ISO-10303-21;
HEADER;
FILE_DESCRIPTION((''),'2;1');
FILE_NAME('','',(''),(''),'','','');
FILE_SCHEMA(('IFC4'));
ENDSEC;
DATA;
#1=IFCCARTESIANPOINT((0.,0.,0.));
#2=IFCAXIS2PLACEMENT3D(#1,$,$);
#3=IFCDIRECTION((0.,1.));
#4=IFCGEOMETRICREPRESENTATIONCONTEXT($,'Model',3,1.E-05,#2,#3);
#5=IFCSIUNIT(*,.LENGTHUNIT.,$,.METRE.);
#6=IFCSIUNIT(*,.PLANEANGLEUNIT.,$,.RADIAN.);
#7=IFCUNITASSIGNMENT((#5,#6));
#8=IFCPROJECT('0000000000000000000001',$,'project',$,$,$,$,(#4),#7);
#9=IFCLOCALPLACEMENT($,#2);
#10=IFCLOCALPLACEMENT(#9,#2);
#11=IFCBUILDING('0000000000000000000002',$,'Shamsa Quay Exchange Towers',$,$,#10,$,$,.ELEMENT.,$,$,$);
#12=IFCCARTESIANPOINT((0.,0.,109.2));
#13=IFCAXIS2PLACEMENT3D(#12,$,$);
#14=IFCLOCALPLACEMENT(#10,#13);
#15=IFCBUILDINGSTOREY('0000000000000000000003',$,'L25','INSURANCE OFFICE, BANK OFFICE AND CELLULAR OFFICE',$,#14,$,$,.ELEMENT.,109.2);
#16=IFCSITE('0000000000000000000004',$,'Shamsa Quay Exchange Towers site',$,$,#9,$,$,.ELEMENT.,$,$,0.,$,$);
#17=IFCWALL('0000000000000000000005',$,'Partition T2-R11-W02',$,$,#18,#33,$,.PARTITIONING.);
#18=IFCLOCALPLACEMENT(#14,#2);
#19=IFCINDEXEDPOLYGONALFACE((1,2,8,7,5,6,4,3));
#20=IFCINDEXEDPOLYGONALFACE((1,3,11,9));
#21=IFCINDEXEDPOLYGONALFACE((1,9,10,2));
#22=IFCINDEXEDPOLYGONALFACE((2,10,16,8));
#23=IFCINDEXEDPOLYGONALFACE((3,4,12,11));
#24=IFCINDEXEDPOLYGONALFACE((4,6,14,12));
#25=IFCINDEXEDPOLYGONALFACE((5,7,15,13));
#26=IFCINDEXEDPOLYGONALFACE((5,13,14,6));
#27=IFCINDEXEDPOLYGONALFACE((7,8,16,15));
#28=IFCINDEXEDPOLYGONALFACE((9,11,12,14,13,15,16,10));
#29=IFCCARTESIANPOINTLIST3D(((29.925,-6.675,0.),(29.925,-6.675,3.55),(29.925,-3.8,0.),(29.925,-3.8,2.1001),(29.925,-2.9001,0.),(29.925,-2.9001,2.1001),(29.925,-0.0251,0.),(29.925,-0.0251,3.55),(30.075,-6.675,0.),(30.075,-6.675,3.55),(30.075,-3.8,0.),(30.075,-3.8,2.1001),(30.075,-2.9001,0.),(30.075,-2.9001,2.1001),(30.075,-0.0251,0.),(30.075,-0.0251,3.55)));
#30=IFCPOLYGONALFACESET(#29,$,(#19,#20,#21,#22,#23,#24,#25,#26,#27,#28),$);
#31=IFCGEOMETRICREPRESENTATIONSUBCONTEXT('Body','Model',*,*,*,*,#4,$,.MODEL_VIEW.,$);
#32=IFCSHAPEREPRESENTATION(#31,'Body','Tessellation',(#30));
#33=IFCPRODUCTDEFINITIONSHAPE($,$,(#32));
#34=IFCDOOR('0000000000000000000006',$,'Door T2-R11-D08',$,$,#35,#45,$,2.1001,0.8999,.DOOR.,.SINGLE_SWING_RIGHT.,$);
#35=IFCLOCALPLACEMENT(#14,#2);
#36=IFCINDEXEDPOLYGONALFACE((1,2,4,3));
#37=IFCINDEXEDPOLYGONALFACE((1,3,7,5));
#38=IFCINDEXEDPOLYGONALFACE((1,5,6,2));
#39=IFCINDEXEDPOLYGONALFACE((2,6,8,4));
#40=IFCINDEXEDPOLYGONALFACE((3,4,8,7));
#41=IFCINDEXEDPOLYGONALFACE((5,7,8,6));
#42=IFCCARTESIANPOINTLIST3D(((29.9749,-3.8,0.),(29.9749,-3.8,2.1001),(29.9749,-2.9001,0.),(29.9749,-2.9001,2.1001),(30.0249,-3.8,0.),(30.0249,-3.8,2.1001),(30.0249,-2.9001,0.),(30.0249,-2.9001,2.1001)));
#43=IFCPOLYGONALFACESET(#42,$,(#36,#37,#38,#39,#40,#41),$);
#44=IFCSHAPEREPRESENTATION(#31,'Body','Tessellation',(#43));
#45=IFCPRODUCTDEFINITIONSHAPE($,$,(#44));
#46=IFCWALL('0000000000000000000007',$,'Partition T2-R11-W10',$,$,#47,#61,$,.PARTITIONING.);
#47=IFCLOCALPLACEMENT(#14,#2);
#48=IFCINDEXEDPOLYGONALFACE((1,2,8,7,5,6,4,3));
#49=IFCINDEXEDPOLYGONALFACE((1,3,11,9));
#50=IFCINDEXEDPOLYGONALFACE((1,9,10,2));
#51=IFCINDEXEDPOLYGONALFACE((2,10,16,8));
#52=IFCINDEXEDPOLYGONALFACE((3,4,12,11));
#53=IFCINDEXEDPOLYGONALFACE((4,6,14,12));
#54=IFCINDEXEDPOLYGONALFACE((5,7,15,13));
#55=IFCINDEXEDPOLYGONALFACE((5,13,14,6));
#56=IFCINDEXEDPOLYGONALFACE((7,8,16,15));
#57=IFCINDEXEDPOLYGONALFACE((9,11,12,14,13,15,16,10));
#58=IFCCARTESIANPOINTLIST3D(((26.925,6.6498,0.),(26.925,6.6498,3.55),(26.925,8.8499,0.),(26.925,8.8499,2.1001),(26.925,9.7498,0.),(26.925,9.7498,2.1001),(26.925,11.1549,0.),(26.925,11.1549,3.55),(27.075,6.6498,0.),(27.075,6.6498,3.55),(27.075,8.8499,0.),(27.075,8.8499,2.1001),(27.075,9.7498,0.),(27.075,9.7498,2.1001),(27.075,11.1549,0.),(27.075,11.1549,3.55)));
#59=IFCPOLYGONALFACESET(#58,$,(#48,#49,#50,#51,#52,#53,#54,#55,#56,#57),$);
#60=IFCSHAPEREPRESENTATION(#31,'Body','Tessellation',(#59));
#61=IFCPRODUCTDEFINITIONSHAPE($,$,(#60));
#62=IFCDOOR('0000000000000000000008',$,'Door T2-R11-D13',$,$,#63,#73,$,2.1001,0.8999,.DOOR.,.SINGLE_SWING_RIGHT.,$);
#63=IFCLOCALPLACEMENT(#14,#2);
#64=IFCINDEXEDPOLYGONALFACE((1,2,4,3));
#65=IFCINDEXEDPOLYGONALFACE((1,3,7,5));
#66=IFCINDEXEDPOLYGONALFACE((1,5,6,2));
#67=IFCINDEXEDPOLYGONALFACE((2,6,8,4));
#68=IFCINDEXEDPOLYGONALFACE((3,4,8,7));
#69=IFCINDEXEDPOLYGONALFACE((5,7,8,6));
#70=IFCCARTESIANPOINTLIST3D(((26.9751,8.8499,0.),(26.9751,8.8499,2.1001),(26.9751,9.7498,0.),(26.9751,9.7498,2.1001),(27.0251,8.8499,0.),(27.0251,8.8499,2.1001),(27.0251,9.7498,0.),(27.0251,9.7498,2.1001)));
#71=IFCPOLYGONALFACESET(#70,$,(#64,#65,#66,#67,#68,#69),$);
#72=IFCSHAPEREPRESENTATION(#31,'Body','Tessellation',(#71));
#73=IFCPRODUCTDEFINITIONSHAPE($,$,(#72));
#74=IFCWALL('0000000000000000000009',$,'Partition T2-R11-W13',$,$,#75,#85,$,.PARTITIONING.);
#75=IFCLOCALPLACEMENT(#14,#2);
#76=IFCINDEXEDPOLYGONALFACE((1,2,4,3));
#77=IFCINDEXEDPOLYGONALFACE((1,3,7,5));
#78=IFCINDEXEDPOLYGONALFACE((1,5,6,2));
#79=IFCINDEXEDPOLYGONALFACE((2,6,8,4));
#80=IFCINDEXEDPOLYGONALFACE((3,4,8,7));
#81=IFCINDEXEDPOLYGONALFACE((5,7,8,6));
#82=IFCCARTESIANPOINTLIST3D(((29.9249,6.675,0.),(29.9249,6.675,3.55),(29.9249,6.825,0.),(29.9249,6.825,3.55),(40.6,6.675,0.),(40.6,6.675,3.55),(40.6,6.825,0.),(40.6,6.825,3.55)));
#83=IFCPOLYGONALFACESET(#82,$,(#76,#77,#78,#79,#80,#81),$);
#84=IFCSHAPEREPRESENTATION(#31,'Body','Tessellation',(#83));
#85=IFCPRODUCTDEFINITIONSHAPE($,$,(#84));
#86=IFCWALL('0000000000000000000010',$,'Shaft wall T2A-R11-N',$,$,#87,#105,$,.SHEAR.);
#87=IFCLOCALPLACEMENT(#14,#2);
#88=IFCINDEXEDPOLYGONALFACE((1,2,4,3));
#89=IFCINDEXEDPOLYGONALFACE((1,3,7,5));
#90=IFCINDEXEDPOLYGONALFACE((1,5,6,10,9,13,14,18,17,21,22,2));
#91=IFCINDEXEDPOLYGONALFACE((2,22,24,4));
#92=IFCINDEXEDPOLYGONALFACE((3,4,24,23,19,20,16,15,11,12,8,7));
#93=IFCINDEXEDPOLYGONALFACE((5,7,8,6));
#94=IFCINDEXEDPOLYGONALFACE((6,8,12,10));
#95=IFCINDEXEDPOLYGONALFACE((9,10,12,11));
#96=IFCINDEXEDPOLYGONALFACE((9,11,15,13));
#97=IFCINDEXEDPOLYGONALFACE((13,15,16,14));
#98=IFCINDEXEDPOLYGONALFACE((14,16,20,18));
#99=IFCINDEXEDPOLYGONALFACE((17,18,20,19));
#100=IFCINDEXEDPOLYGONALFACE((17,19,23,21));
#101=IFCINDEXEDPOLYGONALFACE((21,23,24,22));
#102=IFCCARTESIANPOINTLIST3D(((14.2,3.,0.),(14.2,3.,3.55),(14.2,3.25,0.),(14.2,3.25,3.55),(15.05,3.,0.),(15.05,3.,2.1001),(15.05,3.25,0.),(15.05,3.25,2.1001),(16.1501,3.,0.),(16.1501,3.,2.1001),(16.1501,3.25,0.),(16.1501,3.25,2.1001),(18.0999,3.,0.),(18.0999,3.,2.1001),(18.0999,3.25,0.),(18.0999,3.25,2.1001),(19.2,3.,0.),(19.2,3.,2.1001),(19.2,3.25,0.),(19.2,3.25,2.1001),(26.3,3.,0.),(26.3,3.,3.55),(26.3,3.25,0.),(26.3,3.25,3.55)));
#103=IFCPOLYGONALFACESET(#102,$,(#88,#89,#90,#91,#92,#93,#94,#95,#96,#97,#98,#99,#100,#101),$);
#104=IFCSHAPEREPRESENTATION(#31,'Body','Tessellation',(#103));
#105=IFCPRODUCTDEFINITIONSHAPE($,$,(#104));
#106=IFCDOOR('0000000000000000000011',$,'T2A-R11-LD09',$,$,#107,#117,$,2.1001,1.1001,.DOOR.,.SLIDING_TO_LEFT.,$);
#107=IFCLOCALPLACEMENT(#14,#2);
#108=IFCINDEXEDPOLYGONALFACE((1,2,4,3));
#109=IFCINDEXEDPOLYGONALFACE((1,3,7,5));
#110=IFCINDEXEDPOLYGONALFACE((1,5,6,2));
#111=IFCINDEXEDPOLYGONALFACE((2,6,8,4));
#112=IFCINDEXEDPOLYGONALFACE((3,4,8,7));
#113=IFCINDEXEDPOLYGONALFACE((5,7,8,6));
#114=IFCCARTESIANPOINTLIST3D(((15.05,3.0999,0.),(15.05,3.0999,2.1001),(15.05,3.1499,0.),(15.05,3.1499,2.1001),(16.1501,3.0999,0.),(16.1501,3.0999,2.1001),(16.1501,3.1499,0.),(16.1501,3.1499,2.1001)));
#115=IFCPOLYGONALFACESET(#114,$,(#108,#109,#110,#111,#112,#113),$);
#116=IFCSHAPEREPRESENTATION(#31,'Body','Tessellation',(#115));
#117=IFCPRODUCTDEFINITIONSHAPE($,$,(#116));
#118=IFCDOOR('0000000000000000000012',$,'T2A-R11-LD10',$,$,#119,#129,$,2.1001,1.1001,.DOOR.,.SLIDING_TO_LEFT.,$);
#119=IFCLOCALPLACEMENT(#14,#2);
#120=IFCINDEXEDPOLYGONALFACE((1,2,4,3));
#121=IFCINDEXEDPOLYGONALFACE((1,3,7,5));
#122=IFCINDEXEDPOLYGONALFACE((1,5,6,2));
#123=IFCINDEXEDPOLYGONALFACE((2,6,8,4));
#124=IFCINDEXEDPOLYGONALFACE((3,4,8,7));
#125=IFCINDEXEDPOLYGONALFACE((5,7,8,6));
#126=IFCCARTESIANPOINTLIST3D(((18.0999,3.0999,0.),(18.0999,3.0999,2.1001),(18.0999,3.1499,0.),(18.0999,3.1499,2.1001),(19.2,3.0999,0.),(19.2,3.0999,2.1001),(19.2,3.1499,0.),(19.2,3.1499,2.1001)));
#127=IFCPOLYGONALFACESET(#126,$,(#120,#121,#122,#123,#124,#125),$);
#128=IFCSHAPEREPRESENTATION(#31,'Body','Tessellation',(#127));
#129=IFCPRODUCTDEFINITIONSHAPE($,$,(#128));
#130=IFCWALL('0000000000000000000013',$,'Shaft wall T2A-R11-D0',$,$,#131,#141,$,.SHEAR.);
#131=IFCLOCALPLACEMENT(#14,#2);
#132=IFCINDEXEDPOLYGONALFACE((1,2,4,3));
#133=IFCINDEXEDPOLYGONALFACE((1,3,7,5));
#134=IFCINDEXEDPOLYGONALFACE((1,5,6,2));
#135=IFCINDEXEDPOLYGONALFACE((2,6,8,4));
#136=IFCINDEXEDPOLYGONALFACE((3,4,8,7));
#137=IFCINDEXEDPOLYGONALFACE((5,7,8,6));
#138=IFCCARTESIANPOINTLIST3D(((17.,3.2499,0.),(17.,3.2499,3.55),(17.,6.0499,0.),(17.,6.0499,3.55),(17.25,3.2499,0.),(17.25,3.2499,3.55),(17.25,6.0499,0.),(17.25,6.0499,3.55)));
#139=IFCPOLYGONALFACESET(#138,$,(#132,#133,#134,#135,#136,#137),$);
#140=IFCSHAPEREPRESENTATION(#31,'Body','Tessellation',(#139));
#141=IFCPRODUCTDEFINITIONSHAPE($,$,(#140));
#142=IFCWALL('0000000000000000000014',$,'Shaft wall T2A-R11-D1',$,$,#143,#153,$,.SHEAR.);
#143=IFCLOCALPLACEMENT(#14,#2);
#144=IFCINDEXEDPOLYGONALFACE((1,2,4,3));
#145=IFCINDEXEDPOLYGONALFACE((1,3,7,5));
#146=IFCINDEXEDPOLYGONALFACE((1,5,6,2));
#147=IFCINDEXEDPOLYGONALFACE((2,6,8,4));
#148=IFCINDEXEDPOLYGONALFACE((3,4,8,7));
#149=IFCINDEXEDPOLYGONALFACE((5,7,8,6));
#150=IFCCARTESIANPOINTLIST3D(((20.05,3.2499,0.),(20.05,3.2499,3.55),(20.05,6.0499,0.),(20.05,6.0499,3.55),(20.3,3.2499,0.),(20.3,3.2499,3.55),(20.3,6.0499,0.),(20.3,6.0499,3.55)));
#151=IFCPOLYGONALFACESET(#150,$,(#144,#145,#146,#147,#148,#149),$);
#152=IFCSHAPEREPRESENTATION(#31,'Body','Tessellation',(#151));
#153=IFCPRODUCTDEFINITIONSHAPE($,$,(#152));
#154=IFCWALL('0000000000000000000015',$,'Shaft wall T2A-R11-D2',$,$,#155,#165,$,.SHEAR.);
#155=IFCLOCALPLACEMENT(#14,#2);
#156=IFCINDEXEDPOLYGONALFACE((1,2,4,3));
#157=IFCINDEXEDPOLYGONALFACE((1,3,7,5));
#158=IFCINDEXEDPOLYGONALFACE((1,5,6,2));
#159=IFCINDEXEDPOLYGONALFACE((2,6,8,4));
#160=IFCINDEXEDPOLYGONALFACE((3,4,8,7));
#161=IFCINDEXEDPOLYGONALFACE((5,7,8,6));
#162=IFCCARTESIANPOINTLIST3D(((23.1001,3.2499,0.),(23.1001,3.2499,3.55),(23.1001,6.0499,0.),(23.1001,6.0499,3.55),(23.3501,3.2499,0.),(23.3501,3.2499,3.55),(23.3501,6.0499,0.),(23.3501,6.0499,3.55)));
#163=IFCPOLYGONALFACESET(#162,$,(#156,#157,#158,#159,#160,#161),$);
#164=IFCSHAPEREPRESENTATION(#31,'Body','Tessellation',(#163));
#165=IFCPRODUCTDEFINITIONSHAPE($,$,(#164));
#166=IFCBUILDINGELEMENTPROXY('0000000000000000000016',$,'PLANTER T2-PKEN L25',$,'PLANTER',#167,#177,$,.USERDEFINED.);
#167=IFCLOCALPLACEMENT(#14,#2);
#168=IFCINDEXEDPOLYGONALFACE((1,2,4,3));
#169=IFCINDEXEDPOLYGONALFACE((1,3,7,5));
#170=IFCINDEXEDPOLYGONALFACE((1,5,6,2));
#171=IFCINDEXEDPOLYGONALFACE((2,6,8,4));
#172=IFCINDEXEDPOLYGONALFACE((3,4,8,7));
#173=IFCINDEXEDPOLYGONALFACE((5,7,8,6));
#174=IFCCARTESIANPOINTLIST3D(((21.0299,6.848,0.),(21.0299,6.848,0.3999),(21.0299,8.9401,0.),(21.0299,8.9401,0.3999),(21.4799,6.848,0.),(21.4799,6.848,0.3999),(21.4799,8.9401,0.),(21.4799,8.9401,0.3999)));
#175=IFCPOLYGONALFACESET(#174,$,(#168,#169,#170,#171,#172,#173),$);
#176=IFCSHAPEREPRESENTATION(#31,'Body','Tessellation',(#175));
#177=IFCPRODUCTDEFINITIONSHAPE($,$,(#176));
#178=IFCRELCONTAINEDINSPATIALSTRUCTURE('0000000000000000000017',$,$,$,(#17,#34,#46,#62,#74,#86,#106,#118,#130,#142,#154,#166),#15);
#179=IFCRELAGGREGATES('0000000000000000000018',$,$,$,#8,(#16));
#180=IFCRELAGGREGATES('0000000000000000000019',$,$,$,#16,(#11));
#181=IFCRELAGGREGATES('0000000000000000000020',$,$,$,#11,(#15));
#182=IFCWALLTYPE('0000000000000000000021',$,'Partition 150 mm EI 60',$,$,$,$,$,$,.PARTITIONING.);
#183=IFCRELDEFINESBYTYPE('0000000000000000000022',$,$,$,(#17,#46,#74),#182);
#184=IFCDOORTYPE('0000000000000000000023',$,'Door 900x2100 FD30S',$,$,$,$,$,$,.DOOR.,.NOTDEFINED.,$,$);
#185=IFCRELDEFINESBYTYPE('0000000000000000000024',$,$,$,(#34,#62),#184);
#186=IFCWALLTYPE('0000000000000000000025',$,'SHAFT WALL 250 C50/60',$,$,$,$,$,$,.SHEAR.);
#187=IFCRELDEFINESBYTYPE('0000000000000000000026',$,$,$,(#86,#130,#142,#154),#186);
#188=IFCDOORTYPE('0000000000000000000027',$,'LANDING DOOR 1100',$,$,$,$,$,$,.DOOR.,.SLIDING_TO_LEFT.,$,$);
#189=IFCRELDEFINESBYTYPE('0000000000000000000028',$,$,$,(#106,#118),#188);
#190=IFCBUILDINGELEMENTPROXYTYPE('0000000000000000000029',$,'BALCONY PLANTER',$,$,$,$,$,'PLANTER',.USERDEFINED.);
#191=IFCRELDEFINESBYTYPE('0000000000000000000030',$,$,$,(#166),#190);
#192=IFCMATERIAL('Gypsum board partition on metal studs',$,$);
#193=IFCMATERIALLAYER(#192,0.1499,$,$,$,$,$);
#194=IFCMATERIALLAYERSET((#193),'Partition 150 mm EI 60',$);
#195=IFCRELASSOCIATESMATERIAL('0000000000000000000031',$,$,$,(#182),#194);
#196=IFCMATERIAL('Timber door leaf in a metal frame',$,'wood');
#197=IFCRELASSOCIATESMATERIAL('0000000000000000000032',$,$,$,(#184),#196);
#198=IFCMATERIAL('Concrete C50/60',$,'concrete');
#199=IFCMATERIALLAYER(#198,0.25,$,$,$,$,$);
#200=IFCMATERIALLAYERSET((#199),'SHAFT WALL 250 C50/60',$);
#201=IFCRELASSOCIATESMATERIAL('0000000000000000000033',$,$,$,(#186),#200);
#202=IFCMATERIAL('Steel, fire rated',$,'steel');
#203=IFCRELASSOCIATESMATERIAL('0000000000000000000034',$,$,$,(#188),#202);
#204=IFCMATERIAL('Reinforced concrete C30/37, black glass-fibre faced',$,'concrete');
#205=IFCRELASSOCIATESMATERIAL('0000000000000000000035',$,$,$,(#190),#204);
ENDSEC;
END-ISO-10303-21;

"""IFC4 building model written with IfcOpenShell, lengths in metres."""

from ifc_helpers import new_model, si_unit, direction, frame, frame_2d, origin, origin_2d, place, context, subcontext, project, spatial, rectangle, extrude, material, layer, layer_set, type_object, element, fill, save


model = new_model("IFC4")

# Units and contexts
model_context = context("Model", 3, precision=1e-05, world=origin(), true_north=direction((0.0, 1.0)))
body_context = subcontext(model_context, "Body", "Model", "MODEL_VIEW")
ifc_project = project(units=[si_unit("LENGTHUNIT", "METRE"), si_unit("PLANEANGLEUNIT", "RADIAN")], contexts=[model_context])

# Site, building, storey
site_placement = place(None, origin())
site = spatial("IfcSite", under=ifc_project, at=site_placement, Name="Shamsa Quay Exchange Towers site", CompositionType="ELEMENT", RefElevation=0.0)
building_placement = place(site_placement, origin())
building = spatial("IfcBuilding", under=site, at=building_placement, Name="Shamsa Quay Exchange Towers", CompositionType="ELEMENT")
storey_placement = place(building_placement, frame((0.0, 0.0, 109.2)))
storey = spatial("IfcBuildingStorey", under=building, at=storey_placement, Name="L25", Description="INSURANCE OFFICE, BANK OFFICE AND CELLULAR OFFICE", CompositionType="ELEMENT", Elevation=109.2)

# Shared definitions
ifc_material_1 = material(Name="Steel, fire rated", Category="steel")

# Shared definitions
ifc_material_2 = material(Name="Gypsum board partition on metal studs")
ifc_material_3 = material(Name="Timber door leaf in a metal frame", Category="wood")

# Walls, openings, doors
ifc_layer_1 = layer(ifc_material_2, 0.1499)
ifc_layer_set_1 = layer_set([ifc_layer_1], Name="Partition 150 mm EI 60")
wall_type_1 = type_object("IfcWallType", Name="Partition 150 mm EI 60", PredefinedType="PARTITIONING", material=ifc_layer_set_1)
wall_1_placement = place(storey_placement, frame((30.0, -0.0251, 0.0), z_axis=(0.0, 0.0, 1.0), x_axis=(0.0, -1.0, 0.0)))
wall_1 = element("IfcWall", 1, at=wall_1_placement, inside=storey, type_object=wall_type_1, Name="Partition T2-R11-W02", PredefinedType="PARTITIONING", context=body_context, shape_type="SweptSolid", body=[
    extrude(rectangle(XDim=6.6499, YDim=0.1499, at=frame_2d((3.325, 0.0))), origin(), (0.0, 0.0, 1.0), 3.55),
])
opening_1_placement = place(wall_1_placement, frame((2.875, 0.0, 0.0)))
opening_1 = element("IfcOpeningElement", 2, at=opening_1_placement, cuts=wall_1, PredefinedType="OPENING", context=body_context, shape_type="SweptSolid", body=[
    extrude(rectangle(XDim=0.8999, YDim=2.1001, at=frame_2d((0.45, 1.05))), frame((0.0, 0.085, 0.0), z_axis=(0.0, -1.0, 0.0), x_axis=(1.0, 0.0, 0.0)), (0.0, 0.0, 1.0), 0.1699),
])
door_type_1 = type_object("IfcDoorType", Name="Door 900x2100 FD30S", OperationType="NOTDEFINED", PredefinedType="DOOR", material=ifc_material_3)
door_1_placement = place(opening_1_placement, origin())
door_1 = element("IfcDoor", 3, at=door_1_placement, inside=storey, type_object=door_type_1, Name="Door T2-R11-D08", OperationType="SINGLE_SWING_RIGHT", OverallHeight=2.1001, OverallWidth=0.8999, PredefinedType="DOOR", context=body_context, shape_type="SweptSolid", body=[
    extrude(rectangle(XDim=0.8999, YDim=2.1001, at=frame_2d((0.45, 1.05))), frame((0.0, 0.0249, 0.0), z_axis=(0.0, -1.0, 0.0), x_axis=(1.0, 0.0, 0.0)), (0.0, 0.0, 1.0), 0.05),
])
fill(opening_1, door_1)
wall_2_placement = place(storey_placement, frame((27.0, 6.6499, 0.0), z_axis=(0.0, 0.0, 1.0), x_axis=(0.0, 1.0, 0.0)))
wall_2 = element("IfcWall", 4, at=wall_2_placement, inside=storey, type_object=wall_type_1, Name="Partition T2-R11-W10", PredefinedType="PARTITIONING", context=body_context, shape_type="SweptSolid", body=[
    extrude(rectangle(XDim=4.5051, YDim=0.1499, at=frame_2d((2.2524, 0.0))), origin(), (0.0, 0.0, 1.0), 3.55),
])
opening_2_placement = place(wall_2_placement, frame((2.2, 0.0, 0.0)))
opening_2 = element("IfcOpeningElement", 5, at=opening_2_placement, cuts=wall_2, PredefinedType="OPENING", context=body_context, shape_type="SweptSolid", body=[
    extrude(rectangle(XDim=0.8999, YDim=2.1001, at=frame_2d((0.45, 1.05))), frame((0.0, 0.085, 0.0), z_axis=(0.0, -1.0, 0.0), x_axis=(1.0, 0.0, 0.0)), (0.0, 0.0, 1.0), 0.1699),
])
door_2_placement = place(opening_2_placement, origin())
door_2 = element("IfcDoor", 6, at=door_2_placement, inside=storey, type_object=door_type_1, Name="Door T2-R11-D13", OperationType="SINGLE_SWING_RIGHT", OverallHeight=2.1001, OverallWidth=0.8999, PredefinedType="DOOR", context=body_context, shape_type="SweptSolid", body=[
    extrude(rectangle(XDim=0.8999, YDim=2.1001, at=frame_2d((0.45, 1.05))), frame((0.0, 0.0249, 0.0), z_axis=(0.0, -1.0, 0.0), x_axis=(1.0, 0.0, 0.0)), (0.0, 0.0, 1.0), 0.05),
])
fill(opening_2, door_2)

# Wall
wall_3_placement = place(storey_placement, frame((29.925, 6.75, 0.0)))
element("IfcWall", 7, at=wall_3_placement, inside=storey, type_object=wall_type_1, Name="Partition T2-R11-W13", PredefinedType="PARTITIONING", context=body_context, shape_type="SweptSolid", body=[
    extrude(rectangle(XDim=10.675, YDim=0.1499, at=frame_2d((5.3374, 0.0))), origin(), (0.0, 0.0, 1.0), 3.55),
])

# Wall, openings, doors
ifc_material_4 = material(Name="Concrete C50/60", Category="concrete")
ifc_layer_2 = layer(ifc_material_4, 0.25)
ifc_layer_set_2 = layer_set([ifc_layer_2], Name="SHAFT WALL 250 C50/60")
wall_type_2 = type_object("IfcWallType", Name="SHAFT WALL 250 C50/60", PredefinedType="SHEAR", material=ifc_layer_set_2)
wall_4_placement = place(storey_placement, frame((14.2, 3.125, 0.0)))
wall_4 = element("IfcWall", 8, at=wall_4_placement, inside=storey, type_object=wall_type_2, Name="Shaft wall T2A-R11-N", PredefinedType="SHEAR", context=body_context, shape_type="SweptSolid", body=[
    extrude(rectangle(XDim=12.1001, YDim=0.25, at=frame_2d((6.05, 0.0))), origin(), (0.0, 0.0, 1.0), 3.55),
])
opening_3_placement = place(wall_4_placement, frame((0.8501, 0.0, 0.0)))
opening_3 = element("IfcOpeningElement", 9, at=opening_3_placement, cuts=wall_4, PredefinedType="OPENING", context=body_context, shape_type="SweptSolid", body=[
    extrude(rectangle(XDim=1.1001, YDim=2.1001, at=frame_2d((0.55, 1.05))), frame((0.0, 0.135, 0.0), z_axis=(0.0, -1.0, 0.0), x_axis=(1.0, 0.0, 0.0)), (0.0, 0.0, 1.0), 0.27),
])
opening_4_placement = place(wall_4_placement, frame((3.8999, 0.0, 0.0)))
opening_4 = element("IfcOpeningElement", 10, at=opening_4_placement, cuts=wall_4, PredefinedType="OPENING", context=body_context, shape_type="SweptSolid", body=[
    extrude(rectangle(XDim=1.1001, YDim=2.1001, at=frame_2d((0.55, 1.05))), frame((0.0, 0.135, 0.0), z_axis=(0.0, -1.0, 0.0), x_axis=(1.0, 0.0, 0.0)), (0.0, 0.0, 1.0), 0.27),
])
door_type_2 = type_object("IfcDoorType", Name="LANDING DOOR 1100", OperationType="SLIDING_TO_LEFT", PredefinedType="DOOR", material=ifc_material_1)
door_3_placement = place(opening_3_placement, origin())
door_3 = element("IfcDoor", 11, at=door_3_placement, inside=storey, type_object=door_type_2, Name="T2A-R11-LD09", OperationType="SLIDING_TO_LEFT", OverallHeight=2.1001, OverallWidth=1.1001, PredefinedType="DOOR", context=body_context, shape_type="SweptSolid", body=[
    extrude(rectangle(XDim=1.1001, YDim=2.1001, at=frame_2d((0.55, 1.05))), frame((0.0, 0.0249, 0.0), z_axis=(0.0, -1.0, 0.0), x_axis=(1.0, 0.0, 0.0)), (0.0, 0.0, 1.0), 0.05),
])
fill(opening_3, door_3)
door_4_placement = place(opening_4_placement, origin())
door_4 = element("IfcDoor", 12, at=door_4_placement, inside=storey, type_object=door_type_2, Name="T2A-R11-LD10", OperationType="SLIDING_TO_LEFT", OverallHeight=2.1001, OverallWidth=1.1001, PredefinedType="DOOR", context=body_context, shape_type="SweptSolid", body=[
    extrude(rectangle(XDim=1.1001, YDim=2.1001, at=frame_2d((0.55, 1.05))), frame((0.0, 0.0249, 0.0), z_axis=(0.0, -1.0, 0.0), x_axis=(1.0, 0.0, 0.0)), (0.0, 0.0, 1.0), 0.05),
])
fill(opening_4, door_4)

# Walls
for number, where, z_axis, x_axis, name in (
    (13, (17.125, 3.25, 0.0), (0.0, 0.0, 1.0), (0.0, 1.0, 0.0), "Shaft wall T2A-R11-D0"),
    (14, (20.175, 3.25, 0.0), (0.0, 0.0, 1.0), (0.0, 1.0, 0.0), "Shaft wall T2A-R11-D1"),
    (15, (23.2251, 3.25, 0.0), (0.0, 0.0, 1.0), (0.0, 1.0, 0.0), "Shaft wall T2A-R11-D2"),
):
    element("IfcWall", number, at=place(storey_placement, frame(where, z_axis=z_axis, x_axis=x_axis)), inside=storey, type_object=wall_type_2, Name=name, PredefinedType="SHEAR", context=body_context, shape_type="SweptSolid", body=[
        extrude(rectangle(XDim=2.8, YDim=0.25, at=frame_2d((1.3999, 0.0))), origin(), (0.0, 0.0, 1.0), 3.55),
    ])

# Building element proxy
ifc_material_5 = material(Name="Reinforced concrete C30/37, black glass-fibre faced", Category="concrete")
building_element_proxy_type = type_object("IfcBuildingElementProxyType", Name="BALCONY PLANTER", ElementType="PLANTER", PredefinedType="USERDEFINED", material=ifc_material_5)
proxy_placement = place(storey_placement, frame((21.2549, 7.894, 0.0), z_axis=(0.0, 0.0, 1.0), x_axis=(0.0, -1.0, 0.0)))
element("IfcBuildingElementProxy", 16, at=proxy_placement, inside=storey, type_object=building_element_proxy_type, Name="PLANTER T2-PKEN L25", ObjectType="PLANTER", PredefinedType="USERDEFINED", context=body_context, shape_type="SweptSolid", body=[
    extrude(rectangle(XDim=2.092, YDim=0.45, at=origin_2d()), origin(), (0.0, 0.0, 1.0), 0.3999),
])

save(model, "model.ifc")
